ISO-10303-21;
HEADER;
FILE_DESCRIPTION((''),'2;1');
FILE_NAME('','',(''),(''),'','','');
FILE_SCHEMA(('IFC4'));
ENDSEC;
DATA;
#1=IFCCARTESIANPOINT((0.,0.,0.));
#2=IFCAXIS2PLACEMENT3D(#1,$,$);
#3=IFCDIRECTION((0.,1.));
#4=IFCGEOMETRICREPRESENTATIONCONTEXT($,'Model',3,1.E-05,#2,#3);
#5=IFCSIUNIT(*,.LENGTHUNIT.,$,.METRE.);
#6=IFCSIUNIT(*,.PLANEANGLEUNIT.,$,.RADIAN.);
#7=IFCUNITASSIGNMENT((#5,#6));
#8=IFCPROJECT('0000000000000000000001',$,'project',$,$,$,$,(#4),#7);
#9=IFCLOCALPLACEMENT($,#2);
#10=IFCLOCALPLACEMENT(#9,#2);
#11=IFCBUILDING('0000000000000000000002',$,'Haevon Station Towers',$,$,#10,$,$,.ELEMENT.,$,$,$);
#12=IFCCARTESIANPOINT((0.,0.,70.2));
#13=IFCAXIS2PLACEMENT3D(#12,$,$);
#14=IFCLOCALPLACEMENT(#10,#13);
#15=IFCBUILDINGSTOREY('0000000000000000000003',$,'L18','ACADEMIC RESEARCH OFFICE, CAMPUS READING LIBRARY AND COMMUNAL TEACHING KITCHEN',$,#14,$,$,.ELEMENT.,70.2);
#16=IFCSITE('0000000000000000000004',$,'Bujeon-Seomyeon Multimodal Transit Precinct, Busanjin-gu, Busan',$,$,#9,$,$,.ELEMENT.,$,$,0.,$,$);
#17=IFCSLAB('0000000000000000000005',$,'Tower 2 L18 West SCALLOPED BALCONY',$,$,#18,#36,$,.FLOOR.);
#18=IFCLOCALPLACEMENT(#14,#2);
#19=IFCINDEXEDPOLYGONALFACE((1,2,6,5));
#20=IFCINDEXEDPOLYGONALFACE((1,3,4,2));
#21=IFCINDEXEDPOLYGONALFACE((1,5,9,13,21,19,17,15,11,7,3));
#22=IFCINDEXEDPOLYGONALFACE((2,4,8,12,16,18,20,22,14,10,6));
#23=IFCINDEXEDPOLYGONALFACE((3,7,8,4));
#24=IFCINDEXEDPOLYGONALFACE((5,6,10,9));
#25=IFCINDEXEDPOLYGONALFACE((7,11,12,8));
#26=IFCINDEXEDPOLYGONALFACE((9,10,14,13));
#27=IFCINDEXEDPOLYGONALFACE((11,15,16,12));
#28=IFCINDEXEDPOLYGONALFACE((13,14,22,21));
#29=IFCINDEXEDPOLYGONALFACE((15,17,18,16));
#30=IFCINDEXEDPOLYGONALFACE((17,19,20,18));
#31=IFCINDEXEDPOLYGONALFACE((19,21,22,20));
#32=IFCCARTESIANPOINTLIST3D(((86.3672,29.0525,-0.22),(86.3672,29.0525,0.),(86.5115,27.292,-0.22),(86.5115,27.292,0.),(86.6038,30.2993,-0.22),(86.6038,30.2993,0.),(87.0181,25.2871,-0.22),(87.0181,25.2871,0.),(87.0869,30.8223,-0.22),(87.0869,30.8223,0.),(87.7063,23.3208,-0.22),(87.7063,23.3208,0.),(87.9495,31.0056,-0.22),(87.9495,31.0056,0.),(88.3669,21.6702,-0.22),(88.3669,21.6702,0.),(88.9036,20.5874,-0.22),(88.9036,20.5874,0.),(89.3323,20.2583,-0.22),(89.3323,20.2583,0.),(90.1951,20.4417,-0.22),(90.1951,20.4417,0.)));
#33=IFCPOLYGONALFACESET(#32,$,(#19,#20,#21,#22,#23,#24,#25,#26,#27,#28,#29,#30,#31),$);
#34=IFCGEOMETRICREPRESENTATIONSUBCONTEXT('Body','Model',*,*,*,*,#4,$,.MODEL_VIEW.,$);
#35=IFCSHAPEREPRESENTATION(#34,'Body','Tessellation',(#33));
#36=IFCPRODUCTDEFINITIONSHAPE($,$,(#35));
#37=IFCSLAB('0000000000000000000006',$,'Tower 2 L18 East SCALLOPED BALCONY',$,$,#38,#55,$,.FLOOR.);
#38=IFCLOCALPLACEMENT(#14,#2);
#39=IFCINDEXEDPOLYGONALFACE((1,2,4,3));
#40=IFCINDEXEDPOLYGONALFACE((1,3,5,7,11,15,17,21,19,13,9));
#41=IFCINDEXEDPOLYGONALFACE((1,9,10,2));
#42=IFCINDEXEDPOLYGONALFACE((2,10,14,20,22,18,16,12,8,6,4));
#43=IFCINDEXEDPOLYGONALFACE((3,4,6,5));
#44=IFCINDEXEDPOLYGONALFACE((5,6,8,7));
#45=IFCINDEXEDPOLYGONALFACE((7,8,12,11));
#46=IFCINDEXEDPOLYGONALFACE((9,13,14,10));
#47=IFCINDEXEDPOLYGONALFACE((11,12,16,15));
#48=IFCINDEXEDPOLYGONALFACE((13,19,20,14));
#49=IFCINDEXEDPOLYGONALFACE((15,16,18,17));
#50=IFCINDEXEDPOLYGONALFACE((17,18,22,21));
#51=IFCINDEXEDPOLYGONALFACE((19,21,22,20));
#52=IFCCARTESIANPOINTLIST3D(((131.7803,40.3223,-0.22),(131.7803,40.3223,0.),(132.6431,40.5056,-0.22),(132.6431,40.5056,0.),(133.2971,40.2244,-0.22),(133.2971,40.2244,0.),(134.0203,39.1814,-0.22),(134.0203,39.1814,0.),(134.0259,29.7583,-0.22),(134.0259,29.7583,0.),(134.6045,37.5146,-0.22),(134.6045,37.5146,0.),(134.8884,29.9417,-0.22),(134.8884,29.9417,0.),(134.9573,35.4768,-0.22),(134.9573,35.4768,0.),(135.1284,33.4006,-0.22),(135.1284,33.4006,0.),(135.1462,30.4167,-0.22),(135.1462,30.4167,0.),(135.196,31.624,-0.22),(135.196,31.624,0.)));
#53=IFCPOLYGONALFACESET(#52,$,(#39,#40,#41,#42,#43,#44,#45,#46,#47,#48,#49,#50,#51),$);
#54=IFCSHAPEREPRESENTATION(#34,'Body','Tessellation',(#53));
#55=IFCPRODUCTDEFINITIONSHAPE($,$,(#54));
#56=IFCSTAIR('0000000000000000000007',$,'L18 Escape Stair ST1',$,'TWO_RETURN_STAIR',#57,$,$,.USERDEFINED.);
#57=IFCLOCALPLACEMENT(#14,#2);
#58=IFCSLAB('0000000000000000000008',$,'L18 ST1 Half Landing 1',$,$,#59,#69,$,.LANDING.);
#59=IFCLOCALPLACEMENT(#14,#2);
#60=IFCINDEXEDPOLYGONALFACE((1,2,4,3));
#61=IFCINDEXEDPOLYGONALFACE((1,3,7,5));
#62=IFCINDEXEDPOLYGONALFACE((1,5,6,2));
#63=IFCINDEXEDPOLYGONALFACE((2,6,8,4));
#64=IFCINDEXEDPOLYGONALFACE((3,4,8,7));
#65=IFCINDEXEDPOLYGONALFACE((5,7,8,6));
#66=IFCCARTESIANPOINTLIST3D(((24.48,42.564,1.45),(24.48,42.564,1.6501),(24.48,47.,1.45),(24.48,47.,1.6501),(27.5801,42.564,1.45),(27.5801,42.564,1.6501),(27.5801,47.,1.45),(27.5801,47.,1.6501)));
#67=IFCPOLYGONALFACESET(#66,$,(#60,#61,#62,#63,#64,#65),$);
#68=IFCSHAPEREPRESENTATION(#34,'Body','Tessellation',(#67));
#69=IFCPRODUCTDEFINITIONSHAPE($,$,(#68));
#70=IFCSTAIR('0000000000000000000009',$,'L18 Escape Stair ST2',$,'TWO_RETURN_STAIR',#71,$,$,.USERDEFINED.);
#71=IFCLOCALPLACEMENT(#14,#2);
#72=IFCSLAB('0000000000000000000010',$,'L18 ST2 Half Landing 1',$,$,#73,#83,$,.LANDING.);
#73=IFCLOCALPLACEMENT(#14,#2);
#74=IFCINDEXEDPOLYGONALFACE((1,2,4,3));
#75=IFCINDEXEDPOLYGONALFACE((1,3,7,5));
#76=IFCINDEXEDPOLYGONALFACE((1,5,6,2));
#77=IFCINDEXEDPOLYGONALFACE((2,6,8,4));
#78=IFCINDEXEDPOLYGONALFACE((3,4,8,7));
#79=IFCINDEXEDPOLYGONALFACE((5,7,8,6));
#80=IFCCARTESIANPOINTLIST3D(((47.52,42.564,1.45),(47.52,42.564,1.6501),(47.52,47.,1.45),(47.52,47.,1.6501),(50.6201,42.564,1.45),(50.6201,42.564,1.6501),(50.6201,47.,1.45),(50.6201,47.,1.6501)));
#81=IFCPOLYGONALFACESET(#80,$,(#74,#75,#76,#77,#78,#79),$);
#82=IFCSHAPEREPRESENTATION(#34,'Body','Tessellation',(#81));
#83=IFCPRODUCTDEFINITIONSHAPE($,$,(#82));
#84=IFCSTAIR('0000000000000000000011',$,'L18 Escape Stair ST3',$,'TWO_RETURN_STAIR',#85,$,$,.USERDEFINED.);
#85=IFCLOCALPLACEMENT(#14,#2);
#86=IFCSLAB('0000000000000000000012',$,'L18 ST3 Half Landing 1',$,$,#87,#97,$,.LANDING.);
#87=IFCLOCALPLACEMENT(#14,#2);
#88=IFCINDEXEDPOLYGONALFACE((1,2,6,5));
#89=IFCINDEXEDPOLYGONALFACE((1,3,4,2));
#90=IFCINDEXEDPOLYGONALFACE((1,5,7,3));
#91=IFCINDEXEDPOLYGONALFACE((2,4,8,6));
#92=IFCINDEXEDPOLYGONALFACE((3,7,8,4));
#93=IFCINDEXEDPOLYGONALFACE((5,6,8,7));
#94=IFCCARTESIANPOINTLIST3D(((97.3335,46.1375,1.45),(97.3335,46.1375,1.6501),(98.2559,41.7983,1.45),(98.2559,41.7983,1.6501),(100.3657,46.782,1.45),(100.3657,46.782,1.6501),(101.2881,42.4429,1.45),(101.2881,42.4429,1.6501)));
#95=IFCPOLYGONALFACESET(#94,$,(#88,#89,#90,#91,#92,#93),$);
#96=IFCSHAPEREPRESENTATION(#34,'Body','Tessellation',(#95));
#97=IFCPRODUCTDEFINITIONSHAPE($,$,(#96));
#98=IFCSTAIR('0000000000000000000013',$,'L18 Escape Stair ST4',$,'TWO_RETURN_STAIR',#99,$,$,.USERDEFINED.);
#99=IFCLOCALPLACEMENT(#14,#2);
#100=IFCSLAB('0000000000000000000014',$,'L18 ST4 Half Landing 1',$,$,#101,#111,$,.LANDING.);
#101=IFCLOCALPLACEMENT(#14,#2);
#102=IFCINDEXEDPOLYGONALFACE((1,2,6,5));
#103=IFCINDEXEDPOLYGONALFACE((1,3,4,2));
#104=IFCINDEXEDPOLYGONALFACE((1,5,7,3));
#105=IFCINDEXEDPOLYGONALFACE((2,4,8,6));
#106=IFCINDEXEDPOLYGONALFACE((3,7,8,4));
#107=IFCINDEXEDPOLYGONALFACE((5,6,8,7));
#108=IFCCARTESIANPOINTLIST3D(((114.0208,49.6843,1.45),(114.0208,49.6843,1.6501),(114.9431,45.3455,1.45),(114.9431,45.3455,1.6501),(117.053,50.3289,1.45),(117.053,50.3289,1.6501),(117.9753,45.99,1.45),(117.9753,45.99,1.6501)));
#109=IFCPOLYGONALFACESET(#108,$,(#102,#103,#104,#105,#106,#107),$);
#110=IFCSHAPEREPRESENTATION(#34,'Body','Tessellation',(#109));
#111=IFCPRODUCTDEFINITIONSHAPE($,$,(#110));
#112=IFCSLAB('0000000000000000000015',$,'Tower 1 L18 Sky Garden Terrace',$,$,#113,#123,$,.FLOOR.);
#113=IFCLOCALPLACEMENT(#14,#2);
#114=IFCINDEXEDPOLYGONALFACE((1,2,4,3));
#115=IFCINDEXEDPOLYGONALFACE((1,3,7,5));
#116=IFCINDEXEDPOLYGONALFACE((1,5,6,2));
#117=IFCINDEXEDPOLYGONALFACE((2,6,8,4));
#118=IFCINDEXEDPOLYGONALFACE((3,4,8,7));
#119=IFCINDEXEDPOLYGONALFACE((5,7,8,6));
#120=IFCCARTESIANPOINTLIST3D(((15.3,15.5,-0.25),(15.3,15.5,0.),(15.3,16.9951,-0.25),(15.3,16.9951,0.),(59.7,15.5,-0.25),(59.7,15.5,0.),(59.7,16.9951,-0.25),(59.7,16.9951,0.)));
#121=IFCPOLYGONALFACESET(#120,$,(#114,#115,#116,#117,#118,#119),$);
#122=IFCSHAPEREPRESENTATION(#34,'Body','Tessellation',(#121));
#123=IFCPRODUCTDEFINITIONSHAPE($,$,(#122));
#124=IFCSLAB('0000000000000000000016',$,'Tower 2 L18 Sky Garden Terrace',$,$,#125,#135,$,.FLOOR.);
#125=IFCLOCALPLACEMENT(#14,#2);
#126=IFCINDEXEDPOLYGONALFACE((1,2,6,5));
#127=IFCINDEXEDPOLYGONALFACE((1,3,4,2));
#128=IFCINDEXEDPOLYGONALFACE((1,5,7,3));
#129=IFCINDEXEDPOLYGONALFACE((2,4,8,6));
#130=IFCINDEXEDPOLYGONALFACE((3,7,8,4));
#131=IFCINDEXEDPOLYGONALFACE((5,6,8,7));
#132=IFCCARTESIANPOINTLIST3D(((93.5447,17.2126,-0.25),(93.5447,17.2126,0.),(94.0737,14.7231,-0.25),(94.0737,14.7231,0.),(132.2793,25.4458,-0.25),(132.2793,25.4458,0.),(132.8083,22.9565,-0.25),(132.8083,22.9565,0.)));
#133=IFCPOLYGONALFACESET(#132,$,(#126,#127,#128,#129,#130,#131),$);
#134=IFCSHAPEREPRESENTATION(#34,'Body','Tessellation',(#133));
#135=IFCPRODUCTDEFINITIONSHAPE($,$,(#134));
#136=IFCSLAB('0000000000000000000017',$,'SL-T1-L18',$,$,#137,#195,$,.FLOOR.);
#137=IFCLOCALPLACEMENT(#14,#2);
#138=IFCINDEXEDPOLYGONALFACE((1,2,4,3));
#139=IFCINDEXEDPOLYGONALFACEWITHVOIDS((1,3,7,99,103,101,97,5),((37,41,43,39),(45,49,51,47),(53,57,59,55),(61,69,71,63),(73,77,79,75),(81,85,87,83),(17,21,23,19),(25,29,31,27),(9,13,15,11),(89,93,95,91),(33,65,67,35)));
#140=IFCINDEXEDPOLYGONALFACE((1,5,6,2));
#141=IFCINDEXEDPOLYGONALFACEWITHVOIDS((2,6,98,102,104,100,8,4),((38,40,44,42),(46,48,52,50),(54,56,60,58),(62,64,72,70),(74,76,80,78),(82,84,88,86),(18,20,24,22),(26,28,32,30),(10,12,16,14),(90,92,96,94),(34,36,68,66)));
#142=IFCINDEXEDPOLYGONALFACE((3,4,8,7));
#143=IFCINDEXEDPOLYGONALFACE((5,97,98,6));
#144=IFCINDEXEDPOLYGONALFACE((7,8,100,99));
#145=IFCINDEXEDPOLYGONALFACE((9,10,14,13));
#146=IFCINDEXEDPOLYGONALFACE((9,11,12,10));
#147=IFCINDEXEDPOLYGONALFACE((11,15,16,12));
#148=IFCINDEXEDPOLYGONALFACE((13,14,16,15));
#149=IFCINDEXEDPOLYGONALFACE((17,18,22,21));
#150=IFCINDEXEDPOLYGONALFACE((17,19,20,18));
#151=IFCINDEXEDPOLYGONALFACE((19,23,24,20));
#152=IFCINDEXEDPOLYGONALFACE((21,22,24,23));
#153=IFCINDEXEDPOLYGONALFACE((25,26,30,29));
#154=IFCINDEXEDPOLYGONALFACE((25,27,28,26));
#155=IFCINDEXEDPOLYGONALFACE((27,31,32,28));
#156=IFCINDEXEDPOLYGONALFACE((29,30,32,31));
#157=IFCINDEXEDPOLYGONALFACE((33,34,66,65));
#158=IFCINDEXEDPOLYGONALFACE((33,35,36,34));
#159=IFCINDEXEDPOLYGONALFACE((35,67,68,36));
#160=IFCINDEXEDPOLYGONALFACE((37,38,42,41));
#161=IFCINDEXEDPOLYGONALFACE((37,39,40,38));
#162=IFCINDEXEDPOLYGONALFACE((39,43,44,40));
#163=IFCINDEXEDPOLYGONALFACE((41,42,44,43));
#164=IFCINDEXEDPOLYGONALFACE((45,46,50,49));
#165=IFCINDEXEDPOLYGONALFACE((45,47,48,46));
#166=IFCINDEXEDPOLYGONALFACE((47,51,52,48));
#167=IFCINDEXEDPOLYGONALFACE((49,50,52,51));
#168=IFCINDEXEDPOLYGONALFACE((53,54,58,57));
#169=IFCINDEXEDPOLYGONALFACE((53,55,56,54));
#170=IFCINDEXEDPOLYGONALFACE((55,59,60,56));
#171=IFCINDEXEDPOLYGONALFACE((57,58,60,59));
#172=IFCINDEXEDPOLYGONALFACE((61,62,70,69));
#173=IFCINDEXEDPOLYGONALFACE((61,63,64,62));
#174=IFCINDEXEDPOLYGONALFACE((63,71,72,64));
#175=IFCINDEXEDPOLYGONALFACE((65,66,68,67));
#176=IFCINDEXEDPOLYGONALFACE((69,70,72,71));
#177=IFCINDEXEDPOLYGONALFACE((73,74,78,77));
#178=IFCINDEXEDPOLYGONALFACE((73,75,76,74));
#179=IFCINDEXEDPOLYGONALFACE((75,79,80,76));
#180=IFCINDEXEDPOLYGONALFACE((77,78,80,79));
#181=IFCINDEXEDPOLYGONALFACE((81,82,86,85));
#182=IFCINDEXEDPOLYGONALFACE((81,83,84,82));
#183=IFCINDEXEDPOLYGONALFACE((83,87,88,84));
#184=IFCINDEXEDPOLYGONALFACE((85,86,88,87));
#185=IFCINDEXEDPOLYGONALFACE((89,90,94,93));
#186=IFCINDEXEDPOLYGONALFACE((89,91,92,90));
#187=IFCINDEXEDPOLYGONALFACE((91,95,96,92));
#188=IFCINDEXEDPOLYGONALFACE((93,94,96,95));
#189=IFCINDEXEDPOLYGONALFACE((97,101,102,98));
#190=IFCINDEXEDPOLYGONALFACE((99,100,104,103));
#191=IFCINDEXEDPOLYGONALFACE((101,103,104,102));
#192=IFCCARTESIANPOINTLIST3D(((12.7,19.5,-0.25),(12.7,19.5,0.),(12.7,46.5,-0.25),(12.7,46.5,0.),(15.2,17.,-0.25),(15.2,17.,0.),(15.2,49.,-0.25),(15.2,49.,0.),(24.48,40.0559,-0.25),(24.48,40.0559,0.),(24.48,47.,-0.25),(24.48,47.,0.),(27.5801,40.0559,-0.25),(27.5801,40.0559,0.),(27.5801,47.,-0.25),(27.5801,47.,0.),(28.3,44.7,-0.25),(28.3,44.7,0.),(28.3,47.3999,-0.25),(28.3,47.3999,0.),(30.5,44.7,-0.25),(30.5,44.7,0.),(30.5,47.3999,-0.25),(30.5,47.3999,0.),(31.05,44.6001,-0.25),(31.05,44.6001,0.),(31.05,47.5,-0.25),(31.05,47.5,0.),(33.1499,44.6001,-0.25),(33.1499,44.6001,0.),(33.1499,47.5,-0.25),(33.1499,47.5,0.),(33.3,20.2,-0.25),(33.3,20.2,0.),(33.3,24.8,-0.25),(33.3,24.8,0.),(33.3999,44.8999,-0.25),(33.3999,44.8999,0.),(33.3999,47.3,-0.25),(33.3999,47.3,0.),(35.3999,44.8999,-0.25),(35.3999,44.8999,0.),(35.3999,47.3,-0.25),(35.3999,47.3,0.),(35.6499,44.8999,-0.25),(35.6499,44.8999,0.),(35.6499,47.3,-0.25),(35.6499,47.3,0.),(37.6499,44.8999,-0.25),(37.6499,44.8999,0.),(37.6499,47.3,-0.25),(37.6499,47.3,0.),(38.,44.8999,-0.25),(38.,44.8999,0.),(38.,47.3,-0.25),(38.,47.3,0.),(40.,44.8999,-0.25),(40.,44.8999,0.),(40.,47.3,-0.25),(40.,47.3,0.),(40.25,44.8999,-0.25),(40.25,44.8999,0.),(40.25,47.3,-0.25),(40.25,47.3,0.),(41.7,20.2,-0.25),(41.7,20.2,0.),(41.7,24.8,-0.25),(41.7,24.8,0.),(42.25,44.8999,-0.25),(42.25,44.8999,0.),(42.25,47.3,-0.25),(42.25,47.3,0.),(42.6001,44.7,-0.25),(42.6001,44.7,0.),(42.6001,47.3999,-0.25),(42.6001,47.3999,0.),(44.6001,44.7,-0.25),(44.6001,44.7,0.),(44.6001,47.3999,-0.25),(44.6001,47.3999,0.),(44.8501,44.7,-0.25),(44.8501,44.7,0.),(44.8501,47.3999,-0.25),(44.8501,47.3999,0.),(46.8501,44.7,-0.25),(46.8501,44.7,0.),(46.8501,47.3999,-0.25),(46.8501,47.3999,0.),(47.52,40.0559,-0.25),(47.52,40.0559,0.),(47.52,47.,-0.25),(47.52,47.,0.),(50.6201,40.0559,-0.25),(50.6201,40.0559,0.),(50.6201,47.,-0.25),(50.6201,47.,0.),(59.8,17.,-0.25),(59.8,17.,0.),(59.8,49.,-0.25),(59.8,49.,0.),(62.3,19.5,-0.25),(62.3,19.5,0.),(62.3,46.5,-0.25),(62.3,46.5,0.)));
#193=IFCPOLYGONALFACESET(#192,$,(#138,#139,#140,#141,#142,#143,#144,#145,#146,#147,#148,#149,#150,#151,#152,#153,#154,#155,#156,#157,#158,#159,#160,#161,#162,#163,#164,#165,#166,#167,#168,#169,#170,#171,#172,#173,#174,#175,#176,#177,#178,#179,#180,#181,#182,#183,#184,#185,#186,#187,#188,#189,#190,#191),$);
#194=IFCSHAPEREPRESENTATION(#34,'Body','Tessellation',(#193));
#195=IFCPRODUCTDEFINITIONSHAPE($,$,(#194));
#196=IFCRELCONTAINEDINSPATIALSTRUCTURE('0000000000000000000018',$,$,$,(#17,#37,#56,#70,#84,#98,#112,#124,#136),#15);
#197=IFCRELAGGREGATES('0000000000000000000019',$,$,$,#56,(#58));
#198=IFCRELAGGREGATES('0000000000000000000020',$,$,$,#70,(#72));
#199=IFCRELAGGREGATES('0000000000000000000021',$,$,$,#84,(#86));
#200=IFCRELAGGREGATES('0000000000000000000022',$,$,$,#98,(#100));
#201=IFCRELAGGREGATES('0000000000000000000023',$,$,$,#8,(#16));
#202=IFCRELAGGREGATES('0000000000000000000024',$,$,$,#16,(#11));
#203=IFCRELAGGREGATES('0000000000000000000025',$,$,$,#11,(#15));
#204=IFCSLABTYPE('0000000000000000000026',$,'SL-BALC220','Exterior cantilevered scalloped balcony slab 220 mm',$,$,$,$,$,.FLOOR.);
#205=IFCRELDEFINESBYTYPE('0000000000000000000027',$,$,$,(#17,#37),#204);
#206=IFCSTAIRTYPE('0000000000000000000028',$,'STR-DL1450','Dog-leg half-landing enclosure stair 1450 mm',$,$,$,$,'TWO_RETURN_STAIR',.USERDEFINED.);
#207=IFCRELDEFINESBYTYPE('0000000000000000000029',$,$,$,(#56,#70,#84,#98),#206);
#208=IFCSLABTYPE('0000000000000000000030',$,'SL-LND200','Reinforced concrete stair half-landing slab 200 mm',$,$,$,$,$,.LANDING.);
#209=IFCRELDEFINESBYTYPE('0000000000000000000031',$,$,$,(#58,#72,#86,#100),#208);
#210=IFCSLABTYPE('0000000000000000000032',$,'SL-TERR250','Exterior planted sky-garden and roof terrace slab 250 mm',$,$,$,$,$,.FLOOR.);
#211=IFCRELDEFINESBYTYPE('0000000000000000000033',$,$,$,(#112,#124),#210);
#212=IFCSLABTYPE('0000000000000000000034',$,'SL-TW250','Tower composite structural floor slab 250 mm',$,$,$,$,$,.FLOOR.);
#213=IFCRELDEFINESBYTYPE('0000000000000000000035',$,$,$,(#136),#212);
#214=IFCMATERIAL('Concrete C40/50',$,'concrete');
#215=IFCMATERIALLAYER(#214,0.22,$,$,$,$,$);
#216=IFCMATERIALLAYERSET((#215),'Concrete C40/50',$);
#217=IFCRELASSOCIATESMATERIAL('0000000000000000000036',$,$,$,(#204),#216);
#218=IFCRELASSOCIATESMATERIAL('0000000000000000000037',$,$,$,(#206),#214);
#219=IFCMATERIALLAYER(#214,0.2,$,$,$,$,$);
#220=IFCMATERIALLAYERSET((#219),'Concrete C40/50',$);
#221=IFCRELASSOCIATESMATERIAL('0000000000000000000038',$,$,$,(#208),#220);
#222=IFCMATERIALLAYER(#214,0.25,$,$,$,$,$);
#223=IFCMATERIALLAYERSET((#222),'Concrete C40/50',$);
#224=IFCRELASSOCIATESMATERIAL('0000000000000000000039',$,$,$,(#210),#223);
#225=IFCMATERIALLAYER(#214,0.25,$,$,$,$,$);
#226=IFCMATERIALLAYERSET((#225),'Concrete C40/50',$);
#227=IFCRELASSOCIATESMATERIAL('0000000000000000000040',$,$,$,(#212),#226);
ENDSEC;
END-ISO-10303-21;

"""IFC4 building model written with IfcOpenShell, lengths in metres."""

from ifc_helpers import new_model, si_unit, direction, frame, origin, place, context, subcontext, project, spatial, polyline, outline, extrude, material, layer, layer_set, type_object, element, aggregate, save


model = new_model("IFC4")

# Units and contexts
model_context = context("Model", 3, precision=1e-05, world=origin(), true_north=direction((0.0, 1.0)))
body_context = subcontext(model_context, "Body", "Model", "MODEL_VIEW")
ifc_project = project(units=[si_unit("LENGTHUNIT", "METRE"), si_unit("PLANEANGLEUNIT", "RADIAN")], contexts=[model_context])

# Site, building, storey
site_placement = place(None, origin())
site = spatial("IfcSite", under=ifc_project, at=site_placement, Name="Bujeon-Seomyeon Multimodal Transit Precinct, Busanjin-gu, Busan", CompositionType="ELEMENT", RefElevation=0.0)
building_placement = place(site_placement, origin())
building = spatial("IfcBuilding", under=site, at=building_placement, Name="Haevon Station Towers", CompositionType="ELEMENT")
storey_placement = place(building_placement, frame((0.0, 0.0, 70.2)))
storey = spatial("IfcBuildingStorey", under=building, at=storey_placement, Name="L18", Description="ACADEMIC RESEARCH OFFICE, CAMPUS READING LIBRARY AND COMMUNAL TEACHING KITCHEN", CompositionType="ELEMENT", Elevation=70.2)

# Slabs
ifc_material_1 = material(Name="Concrete C40/50", Category="concrete")
ifc_layer_1 = layer(ifc_material_1, 0.22)
ifc_layer_set_1 = layer_set([ifc_layer_1], Name="Concrete C40/50")
slab_type_1 = type_object("IfcSlabType", Name="SL-BALC220", Description="Exterior cantilevered scalloped balcony slab 220 mm", PredefinedType="FLOOR", material=ifc_layer_set_1)
slab_1_placement = place(storey_placement, frame((0.0, 0.0, -0.22)))
element("IfcSlab", 1, at=slab_1_placement, inside=storey, type_object=slab_type_1, Name="Tower 2 L18 West SCALLOPED BALCONY", PredefinedType="FLOOR", context=body_context, shape_type="SweptSolid", body=[
    extrude(outline(polyline([(87.9495, 31.0056), (87.0869, 30.8223), (86.6038, 30.2993), (86.3672, 29.0525), (86.5115, 27.292), (87.0181, 25.2871), (87.7063, 23.3208), (88.3669, 21.6702), (88.9036, 20.5874), (89.3323, 20.2583), (90.1951, 20.4417), (87.9495, 31.0056)])), origin(), (0.0, 0.0, 1.0), 0.22),
])
slab_2_placement = place(storey_placement, frame((0.0, 0.0, -0.22)))
element("IfcSlab", 2, at=slab_2_placement, inside=storey, type_object=slab_type_1, Name="Tower 2 L18 East SCALLOPED BALCONY", PredefinedType="FLOOR", context=body_context, shape_type="SweptSolid", body=[
    extrude(outline(polyline([(134.0259, 29.7583), (134.8884, 29.9417), (135.1462, 30.4167), (135.196, 31.624), (135.1284, 33.4006), (134.9573, 35.4768), (134.6045, 37.5146), (134.0203, 39.1814), (133.2971, 40.2244), (132.6431, 40.5056), (131.7803, 40.3223), (134.0259, 29.7583)])), origin(), (0.0, 0.0, 1.0), 0.22),
])

# Stairs, slabs
stair_type = type_object("IfcStairType", Name="STR-DL1450", Description="Dog-leg half-landing enclosure stair 1450 mm", ElementType="TWO_RETURN_STAIR", PredefinedType="USERDEFINED", material=ifc_material_1)
stair_1_placement = place(storey_placement, origin())
stair_1 = element("IfcStair", 3, at=stair_1_placement, inside=storey, type_object=stair_type, Name="L18 Escape Stair ST1", ObjectType="TWO_RETURN_STAIR", PredefinedType="USERDEFINED")
ifc_layer_2 = layer(ifc_material_1, 0.2)
ifc_layer_set_2 = layer_set([ifc_layer_2], Name="Concrete C40/50")
slab_type_2 = type_object("IfcSlabType", Name="SL-LND200", Description="Reinforced concrete stair half-landing slab 200 mm", PredefinedType="LANDING", material=ifc_layer_set_2)
slab_3_placement = place(storey_placement, frame((0.0, 0.0, 1.45)))
slab_3 = element("IfcSlab", 4, at=slab_3_placement, type_object=slab_type_2, Name="L18 ST1 Half Landing 1", PredefinedType="LANDING", context=body_context, shape_type="SweptSolid", body=[
    extrude(outline(polyline([(27.5801, 42.564), (27.5801, 47.0), (24.48, 47.0), (24.48, 42.564), (27.5801, 42.564)])), origin(), (0.0, 0.0, 1.0), 0.2002),
])
aggregate(stair_1, [slab_3])
stair_2_placement = place(storey_placement, origin())
stair_2 = element("IfcStair", 5, at=stair_2_placement, inside=storey, type_object=stair_type, Name="L18 Escape Stair ST2", ObjectType="TWO_RETURN_STAIR", PredefinedType="USERDEFINED")
slab_4_placement = place(storey_placement, frame((0.0, 0.0, 1.45)))
slab_4 = element("IfcSlab", 6, at=slab_4_placement, type_object=slab_type_2, Name="L18 ST2 Half Landing 1", PredefinedType="LANDING", context=body_context, shape_type="SweptSolid", body=[
    extrude(outline(polyline([(50.6201, 42.564), (50.6201, 47.0), (47.52, 47.0), (47.52, 42.564), (50.6201, 42.564)])), origin(), (0.0, 0.0, 1.0), 0.2002),
])
aggregate(stair_2, [slab_4])
stair_3_placement = place(storey_placement, origin())
stair_3 = element("IfcStair", 7, at=stair_3_placement, inside=storey, type_object=stair_type, Name="L18 Escape Stair ST3", ObjectType="TWO_RETURN_STAIR", PredefinedType="USERDEFINED")
slab_5_placement = place(storey_placement, frame((0.0, 0.0, 1.45)))
slab_5 = element("IfcSlab", 8, at=slab_5_placement, type_object=slab_type_2, Name="L18 ST3 Half Landing 1", PredefinedType="LANDING", context=body_context, shape_type="SweptSolid", body=[
    extrude(outline(polyline([(101.2881, 42.4429), (100.3657, 46.782), (97.3335, 46.1375), (98.2559, 41.7983), (101.2881, 42.4429)])), origin(), (0.0, 0.0, 1.0), 0.2002),
])
aggregate(stair_3, [slab_5])
stair_4_placement = place(storey_placement, origin())
stair_4 = element("IfcStair", 9, at=stair_4_placement, inside=storey, type_object=stair_type, Name="L18 Escape Stair ST4", ObjectType="TWO_RETURN_STAIR", PredefinedType="USERDEFINED")
slab_6_placement = place(storey_placement, frame((0.0, 0.0, 1.45)))
slab_6 = element("IfcSlab", 10, at=slab_6_placement, type_object=slab_type_2, Name="L18 ST4 Half Landing 1", PredefinedType="LANDING", context=body_context, shape_type="SweptSolid", body=[
    extrude(outline(polyline([(117.9753, 45.99), (117.053, 50.3289), (114.0208, 49.6843), (114.9431, 45.3455), (117.9753, 45.99)])), origin(), (0.0, 0.0, 1.0), 0.2002),
])
aggregate(stair_4, [slab_6])

# Slabs
ifc_layer_3 = layer(ifc_material_1, 0.25)
ifc_layer_set_3 = layer_set([ifc_layer_3], Name="Concrete C40/50")
slab_type_3 = type_object("IfcSlabType", Name="SL-TERR250", Description="Exterior planted sky-garden and roof terrace slab 250 mm", PredefinedType="FLOOR", material=ifc_layer_set_3)
slab_7_placement = place(storey_placement, frame((0.0, 0.0, -0.25)))
element("IfcSlab", 11, at=slab_7_placement, inside=storey, type_object=slab_type_3, Name="Tower 1 L18 Sky Garden Terrace", PredefinedType="FLOOR", context=body_context, shape_type="SweptSolid", body=[
    extrude(outline(polyline([(15.3, 15.5), (59.7, 15.5), (59.7, 16.9951), (15.3, 16.9951), (15.3, 15.5)])), origin(), (0.0, 0.0, 1.0), 0.25),
])
slab_8_placement = place(storey_placement, frame((0.0, 0.0, -0.25)))
element("IfcSlab", 12, at=slab_8_placement, inside=storey, type_object=slab_type_3, Name="Tower 2 L18 Sky Garden Terrace", PredefinedType="FLOOR", context=body_context, shape_type="SweptSolid", body=[
    extrude(outline(polyline([(94.0737, 14.7231), (132.8083, 22.9565), (132.2793, 25.4458), (93.5447, 17.2126), (94.0737, 14.7231)])), origin(), (0.0, 0.0, 1.0), 0.25),
])
ifc_layer_4 = layer(ifc_material_1, 0.25)
ifc_layer_set_4 = layer_set([ifc_layer_4], Name="Concrete C40/50")
slab_type_4 = type_object("IfcSlabType", Name="SL-TW250", Description="Tower composite structural floor slab 250 mm", PredefinedType="FLOOR", material=ifc_layer_set_4)
slab_9_placement = place(storey_placement, frame((0.0, 0.0, -0.25)))
element("IfcSlab", 13, at=slab_9_placement, inside=storey, type_object=slab_type_4, Name="SL-T1-L18", PredefinedType="FLOOR", context=body_context, shape_type="SweptSolid", body=[
    extrude(outline(polyline([(15.2, 17.0), (59.8, 17.0), (62.3, 19.5), (62.3, 46.5), (59.8, 49.0), (15.2, 49.0), (12.7, 46.5), (12.7, 19.5), (15.2, 17.0)]), holes=[polyline([(27.5801, 40.0559), (27.5801, 47.0), (24.48, 47.0), (24.48, 40.0559), (27.5801, 40.0559)]), polyline([(50.6201, 40.0559), (50.6201, 47.0), (47.52, 47.0), (47.52, 40.0559), (50.6201, 40.0559)]), polyline([(28.3, 44.7), (30.5, 44.7), (30.5, 47.3999), (28.3, 47.3999), (28.3, 44.7)]), polyline([(31.05, 44.6001), (33.1499, 44.6001), (33.1499, 47.5), (31.05, 47.5), (31.05, 44.6001)]), polyline([(33.3999, 44.8999), (35.3999, 44.8999), (35.3999, 47.3), (33.3999, 47.3), (33.3999, 44.8999)]), polyline([(35.6499, 44.8999), (37.6499, 44.8999), (37.6499, 47.3), (35.6499, 47.3), (35.6499, 44.8999)]), polyline([(38.0, 44.8999), (40.0, 44.8999), (40.0, 47.3), (38.0, 47.3), (38.0, 44.8999)]), polyline([(40.25, 44.8999), (42.25, 44.8999), (42.25, 47.3), (40.25, 47.3), (40.25, 44.8999)]), polyline([(42.6001, 44.7), (44.6001, 44.7), (44.6001, 47.3999), (42.6001, 47.3999), (42.6001, 44.7)]), polyline([(44.8501, 44.7), (46.8501, 44.7), (46.8501, 47.3999), (44.8501, 47.3999), (44.8501, 44.7)]), polyline([(33.3, 20.2), (41.7, 20.2), (41.7, 24.8), (33.3, 24.8), (33.3, 20.2)])]), origin(), (0.0, 0.0, 1.0), 0.25),
])

save(model, "model.ifc")
